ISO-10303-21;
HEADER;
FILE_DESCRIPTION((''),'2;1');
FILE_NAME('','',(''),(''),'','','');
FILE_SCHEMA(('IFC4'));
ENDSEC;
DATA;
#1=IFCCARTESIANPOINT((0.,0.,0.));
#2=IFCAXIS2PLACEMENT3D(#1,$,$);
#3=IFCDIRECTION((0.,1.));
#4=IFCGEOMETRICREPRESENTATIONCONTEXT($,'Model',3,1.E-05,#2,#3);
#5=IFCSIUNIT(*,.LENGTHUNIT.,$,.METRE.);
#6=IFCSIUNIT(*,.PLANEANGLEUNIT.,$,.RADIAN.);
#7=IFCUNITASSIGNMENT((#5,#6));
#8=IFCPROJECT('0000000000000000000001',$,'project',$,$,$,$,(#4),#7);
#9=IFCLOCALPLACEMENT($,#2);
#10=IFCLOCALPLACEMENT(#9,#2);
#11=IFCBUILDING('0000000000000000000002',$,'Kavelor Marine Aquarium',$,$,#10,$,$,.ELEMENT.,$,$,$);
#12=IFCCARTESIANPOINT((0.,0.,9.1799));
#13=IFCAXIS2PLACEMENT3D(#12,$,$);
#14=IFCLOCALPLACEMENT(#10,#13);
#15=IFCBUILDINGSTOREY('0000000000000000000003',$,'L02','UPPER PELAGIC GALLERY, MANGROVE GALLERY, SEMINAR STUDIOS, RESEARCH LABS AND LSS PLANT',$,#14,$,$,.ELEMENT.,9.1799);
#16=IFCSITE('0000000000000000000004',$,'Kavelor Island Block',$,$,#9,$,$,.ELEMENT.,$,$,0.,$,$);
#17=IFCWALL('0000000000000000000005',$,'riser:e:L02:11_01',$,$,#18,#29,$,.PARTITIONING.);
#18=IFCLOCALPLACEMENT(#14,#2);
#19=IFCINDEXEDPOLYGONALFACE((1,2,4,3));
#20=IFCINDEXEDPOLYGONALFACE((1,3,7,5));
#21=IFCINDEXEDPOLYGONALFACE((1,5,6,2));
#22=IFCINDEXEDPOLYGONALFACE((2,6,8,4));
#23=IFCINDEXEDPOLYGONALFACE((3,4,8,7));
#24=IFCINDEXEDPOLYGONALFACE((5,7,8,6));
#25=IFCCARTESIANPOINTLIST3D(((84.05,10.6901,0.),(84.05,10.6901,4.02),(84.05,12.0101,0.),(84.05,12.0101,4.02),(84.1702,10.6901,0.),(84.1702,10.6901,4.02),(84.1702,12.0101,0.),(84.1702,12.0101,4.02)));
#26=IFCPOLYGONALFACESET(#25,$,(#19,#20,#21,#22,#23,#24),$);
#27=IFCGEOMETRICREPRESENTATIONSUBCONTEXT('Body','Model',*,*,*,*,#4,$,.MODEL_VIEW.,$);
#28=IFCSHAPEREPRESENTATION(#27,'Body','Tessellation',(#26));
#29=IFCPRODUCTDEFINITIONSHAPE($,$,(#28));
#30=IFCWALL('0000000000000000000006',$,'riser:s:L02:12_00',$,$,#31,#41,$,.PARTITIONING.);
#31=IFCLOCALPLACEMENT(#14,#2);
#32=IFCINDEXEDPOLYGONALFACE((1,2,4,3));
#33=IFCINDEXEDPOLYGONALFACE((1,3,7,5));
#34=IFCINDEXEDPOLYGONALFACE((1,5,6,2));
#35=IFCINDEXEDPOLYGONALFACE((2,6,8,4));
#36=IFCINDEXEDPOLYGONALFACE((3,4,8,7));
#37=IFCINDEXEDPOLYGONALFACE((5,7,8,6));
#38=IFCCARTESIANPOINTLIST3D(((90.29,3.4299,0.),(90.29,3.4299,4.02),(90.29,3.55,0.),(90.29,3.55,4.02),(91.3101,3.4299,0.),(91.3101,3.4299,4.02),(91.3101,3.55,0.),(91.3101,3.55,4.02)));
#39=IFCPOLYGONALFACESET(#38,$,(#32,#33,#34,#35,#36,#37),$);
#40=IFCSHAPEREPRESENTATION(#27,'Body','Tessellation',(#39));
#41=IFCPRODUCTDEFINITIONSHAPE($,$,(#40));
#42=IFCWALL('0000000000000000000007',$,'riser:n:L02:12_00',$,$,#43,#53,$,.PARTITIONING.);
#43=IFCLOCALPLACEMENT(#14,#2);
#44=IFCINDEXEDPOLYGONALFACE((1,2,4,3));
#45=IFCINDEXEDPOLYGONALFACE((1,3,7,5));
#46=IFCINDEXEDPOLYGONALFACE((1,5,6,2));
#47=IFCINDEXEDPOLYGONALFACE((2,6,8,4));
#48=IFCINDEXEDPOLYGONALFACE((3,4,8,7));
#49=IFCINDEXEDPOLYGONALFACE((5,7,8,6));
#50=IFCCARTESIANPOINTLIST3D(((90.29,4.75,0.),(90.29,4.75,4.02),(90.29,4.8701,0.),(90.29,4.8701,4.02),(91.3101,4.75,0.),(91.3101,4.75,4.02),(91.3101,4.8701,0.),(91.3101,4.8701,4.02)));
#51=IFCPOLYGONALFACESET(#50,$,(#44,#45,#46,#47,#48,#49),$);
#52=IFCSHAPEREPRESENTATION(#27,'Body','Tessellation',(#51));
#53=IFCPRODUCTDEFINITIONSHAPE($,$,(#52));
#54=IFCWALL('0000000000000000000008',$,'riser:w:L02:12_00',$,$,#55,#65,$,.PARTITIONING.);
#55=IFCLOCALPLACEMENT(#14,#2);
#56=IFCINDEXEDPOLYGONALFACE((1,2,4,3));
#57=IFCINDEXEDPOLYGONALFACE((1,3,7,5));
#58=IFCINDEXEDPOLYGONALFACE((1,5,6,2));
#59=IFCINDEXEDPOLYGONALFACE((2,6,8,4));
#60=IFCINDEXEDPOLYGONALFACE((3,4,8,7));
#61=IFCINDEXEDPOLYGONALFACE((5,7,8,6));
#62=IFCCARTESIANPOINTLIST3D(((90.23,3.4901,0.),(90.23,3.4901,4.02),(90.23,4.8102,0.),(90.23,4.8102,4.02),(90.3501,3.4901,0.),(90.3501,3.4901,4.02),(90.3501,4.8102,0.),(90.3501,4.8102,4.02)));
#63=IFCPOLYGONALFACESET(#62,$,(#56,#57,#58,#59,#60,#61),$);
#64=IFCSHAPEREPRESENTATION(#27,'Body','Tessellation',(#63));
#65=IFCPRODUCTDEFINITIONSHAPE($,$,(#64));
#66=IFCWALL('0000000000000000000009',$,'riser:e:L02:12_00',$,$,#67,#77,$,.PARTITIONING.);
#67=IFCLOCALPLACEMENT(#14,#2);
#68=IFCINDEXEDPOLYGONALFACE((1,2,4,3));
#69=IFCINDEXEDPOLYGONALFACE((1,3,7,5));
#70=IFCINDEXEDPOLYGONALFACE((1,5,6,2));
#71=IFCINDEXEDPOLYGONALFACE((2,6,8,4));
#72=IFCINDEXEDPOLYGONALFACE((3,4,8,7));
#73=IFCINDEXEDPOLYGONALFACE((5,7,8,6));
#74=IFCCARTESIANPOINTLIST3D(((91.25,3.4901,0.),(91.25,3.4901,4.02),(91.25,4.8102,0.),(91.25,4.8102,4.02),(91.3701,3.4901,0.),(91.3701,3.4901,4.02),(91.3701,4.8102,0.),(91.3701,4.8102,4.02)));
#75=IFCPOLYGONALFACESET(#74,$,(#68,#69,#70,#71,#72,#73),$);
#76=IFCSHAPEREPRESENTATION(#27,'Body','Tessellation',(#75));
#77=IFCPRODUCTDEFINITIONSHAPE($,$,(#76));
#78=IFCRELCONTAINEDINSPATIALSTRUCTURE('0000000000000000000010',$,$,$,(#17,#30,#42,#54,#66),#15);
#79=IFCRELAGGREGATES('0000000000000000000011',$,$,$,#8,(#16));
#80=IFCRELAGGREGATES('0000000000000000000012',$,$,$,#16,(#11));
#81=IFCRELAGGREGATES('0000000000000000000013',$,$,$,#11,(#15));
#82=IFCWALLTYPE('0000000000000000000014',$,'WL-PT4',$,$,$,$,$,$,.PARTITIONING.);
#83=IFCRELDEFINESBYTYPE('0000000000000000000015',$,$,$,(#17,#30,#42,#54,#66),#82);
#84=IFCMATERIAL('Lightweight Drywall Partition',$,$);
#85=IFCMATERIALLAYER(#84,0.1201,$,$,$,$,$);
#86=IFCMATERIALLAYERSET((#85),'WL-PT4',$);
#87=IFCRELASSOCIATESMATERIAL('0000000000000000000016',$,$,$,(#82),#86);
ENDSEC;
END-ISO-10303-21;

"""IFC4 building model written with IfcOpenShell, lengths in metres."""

from ifc_helpers import new_model, si_unit, direction, frame, frame_2d, origin, place, context, subcontext, project, spatial, rectangle, extrude, material, layer, layer_set, type_object, element, save


model = new_model("IFC4")

# Units and contexts
model_context = context("Model", 3, precision=1e-05, world=origin(), true_north=direction((0.0, 1.0)))
body_context = subcontext(model_context, "Body", "Model", "MODEL_VIEW")
ifc_project = project(units=[si_unit("LENGTHUNIT", "METRE"), si_unit("PLANEANGLEUNIT", "RADIAN")], contexts=[model_context])

# Site, building, storey
site_placement = place(None, origin())
site = spatial("IfcSite", under=ifc_project, at=site_placement, Name="Kavelor Island Block", CompositionType="ELEMENT", RefElevation=0.0)
building_placement = place(site_placement, origin())
building = spatial("IfcBuilding", under=site, at=building_placement, Name="Kavelor Marine Aquarium", CompositionType="ELEMENT")
storey_placement = place(building_placement, frame((0.0, 0.0, 9.1799)))
storey = spatial("IfcBuildingStorey", under=building, at=storey_placement, Name="L02", Description="UPPER PELAGIC GALLERY, MANGROVE GALLERY, SEMINAR STUDIOS, RESEARCH LABS AND LSS PLANT", CompositionType="ELEMENT", Elevation=9.1799)

# Walls
ifc_material_1 = material(Name="Lightweight Drywall Partition")
ifc_layer_1 = layer(ifc_material_1, 0.1201)
ifc_layer_set_1 = layer_set([ifc_layer_1], Name="WL-PT4")
wall_type_1 = type_object("IfcWallType", Name="WL-PT4", PredefinedType="PARTITIONING", material=ifc_layer_set_1)
for number, where, z_axis, x_axis, name in (
    (1, (84.1101, 10.6899, 0.0), (0.0, 0.0, 1.0), (0.0, 1.0, 0.0), "riser:e:L02:11_01"),
):
    element("IfcWall", number, at=place(storey_placement, frame(where, z_axis=z_axis, x_axis=x_axis)), inside=storey, type_object=wall_type_1, Name=name, PredefinedType="PARTITIONING", context=body_context, shape_type="SweptSolid", body=[
        extrude(rectangle(XDim=1.3201, YDim=0.1201, at=frame_2d((0.6602, 0.0))), origin(), (0.0, 0.0, 1.0), 4.02),
    ])
for number, where, z_axis, x_axis, name in (
    (2, (90.29, 3.49, 0.0), (0.0, 0.0, 1.0), (1.0, 0.0, 0.0), "riser:s:L02:12_00"),
    (3, (90.29, 4.8101, 0.0), (0.0, 0.0, 1.0), (1.0, 0.0, 0.0), "riser:n:L02:12_00"),
):
    element("IfcWall", number, at=place(storey_placement, frame(where, z_axis=z_axis, x_axis=x_axis)), inside=storey, type_object=wall_type_1, Name=name, PredefinedType="PARTITIONING", context=body_context, shape_type="SweptSolid", body=[
        extrude(rectangle(XDim=1.02, YDim=0.1201, at=frame_2d((0.51, 0.0))), origin(), (0.0, 0.0, 1.0), 4.02),
    ])
for number, where, z_axis, x_axis, name in (
    (4, (90.29, 3.49, 0.0), (0.0, 0.0, 1.0), (0.0, 1.0, 0.0), "riser:w:L02:12_00"),
    (5, (91.3101, 3.49, 0.0), (0.0, 0.0, 1.0), (0.0, 1.0, 0.0), "riser:e:L02:12_00"),
):
    element("IfcWall", number, at=place(storey_placement, frame(where, z_axis=z_axis, x_axis=x_axis)), inside=storey, type_object=wall_type_1, Name=name, PredefinedType="PARTITIONING", context=body_context, shape_type="SweptSolid", body=[
        extrude(rectangle(XDim=1.3201, YDim=0.1201, at=frame_2d((0.6602, 0.0))), origin(), (0.0, 0.0, 1.0), 4.02),
    ])

save(model, "model.ifc")
